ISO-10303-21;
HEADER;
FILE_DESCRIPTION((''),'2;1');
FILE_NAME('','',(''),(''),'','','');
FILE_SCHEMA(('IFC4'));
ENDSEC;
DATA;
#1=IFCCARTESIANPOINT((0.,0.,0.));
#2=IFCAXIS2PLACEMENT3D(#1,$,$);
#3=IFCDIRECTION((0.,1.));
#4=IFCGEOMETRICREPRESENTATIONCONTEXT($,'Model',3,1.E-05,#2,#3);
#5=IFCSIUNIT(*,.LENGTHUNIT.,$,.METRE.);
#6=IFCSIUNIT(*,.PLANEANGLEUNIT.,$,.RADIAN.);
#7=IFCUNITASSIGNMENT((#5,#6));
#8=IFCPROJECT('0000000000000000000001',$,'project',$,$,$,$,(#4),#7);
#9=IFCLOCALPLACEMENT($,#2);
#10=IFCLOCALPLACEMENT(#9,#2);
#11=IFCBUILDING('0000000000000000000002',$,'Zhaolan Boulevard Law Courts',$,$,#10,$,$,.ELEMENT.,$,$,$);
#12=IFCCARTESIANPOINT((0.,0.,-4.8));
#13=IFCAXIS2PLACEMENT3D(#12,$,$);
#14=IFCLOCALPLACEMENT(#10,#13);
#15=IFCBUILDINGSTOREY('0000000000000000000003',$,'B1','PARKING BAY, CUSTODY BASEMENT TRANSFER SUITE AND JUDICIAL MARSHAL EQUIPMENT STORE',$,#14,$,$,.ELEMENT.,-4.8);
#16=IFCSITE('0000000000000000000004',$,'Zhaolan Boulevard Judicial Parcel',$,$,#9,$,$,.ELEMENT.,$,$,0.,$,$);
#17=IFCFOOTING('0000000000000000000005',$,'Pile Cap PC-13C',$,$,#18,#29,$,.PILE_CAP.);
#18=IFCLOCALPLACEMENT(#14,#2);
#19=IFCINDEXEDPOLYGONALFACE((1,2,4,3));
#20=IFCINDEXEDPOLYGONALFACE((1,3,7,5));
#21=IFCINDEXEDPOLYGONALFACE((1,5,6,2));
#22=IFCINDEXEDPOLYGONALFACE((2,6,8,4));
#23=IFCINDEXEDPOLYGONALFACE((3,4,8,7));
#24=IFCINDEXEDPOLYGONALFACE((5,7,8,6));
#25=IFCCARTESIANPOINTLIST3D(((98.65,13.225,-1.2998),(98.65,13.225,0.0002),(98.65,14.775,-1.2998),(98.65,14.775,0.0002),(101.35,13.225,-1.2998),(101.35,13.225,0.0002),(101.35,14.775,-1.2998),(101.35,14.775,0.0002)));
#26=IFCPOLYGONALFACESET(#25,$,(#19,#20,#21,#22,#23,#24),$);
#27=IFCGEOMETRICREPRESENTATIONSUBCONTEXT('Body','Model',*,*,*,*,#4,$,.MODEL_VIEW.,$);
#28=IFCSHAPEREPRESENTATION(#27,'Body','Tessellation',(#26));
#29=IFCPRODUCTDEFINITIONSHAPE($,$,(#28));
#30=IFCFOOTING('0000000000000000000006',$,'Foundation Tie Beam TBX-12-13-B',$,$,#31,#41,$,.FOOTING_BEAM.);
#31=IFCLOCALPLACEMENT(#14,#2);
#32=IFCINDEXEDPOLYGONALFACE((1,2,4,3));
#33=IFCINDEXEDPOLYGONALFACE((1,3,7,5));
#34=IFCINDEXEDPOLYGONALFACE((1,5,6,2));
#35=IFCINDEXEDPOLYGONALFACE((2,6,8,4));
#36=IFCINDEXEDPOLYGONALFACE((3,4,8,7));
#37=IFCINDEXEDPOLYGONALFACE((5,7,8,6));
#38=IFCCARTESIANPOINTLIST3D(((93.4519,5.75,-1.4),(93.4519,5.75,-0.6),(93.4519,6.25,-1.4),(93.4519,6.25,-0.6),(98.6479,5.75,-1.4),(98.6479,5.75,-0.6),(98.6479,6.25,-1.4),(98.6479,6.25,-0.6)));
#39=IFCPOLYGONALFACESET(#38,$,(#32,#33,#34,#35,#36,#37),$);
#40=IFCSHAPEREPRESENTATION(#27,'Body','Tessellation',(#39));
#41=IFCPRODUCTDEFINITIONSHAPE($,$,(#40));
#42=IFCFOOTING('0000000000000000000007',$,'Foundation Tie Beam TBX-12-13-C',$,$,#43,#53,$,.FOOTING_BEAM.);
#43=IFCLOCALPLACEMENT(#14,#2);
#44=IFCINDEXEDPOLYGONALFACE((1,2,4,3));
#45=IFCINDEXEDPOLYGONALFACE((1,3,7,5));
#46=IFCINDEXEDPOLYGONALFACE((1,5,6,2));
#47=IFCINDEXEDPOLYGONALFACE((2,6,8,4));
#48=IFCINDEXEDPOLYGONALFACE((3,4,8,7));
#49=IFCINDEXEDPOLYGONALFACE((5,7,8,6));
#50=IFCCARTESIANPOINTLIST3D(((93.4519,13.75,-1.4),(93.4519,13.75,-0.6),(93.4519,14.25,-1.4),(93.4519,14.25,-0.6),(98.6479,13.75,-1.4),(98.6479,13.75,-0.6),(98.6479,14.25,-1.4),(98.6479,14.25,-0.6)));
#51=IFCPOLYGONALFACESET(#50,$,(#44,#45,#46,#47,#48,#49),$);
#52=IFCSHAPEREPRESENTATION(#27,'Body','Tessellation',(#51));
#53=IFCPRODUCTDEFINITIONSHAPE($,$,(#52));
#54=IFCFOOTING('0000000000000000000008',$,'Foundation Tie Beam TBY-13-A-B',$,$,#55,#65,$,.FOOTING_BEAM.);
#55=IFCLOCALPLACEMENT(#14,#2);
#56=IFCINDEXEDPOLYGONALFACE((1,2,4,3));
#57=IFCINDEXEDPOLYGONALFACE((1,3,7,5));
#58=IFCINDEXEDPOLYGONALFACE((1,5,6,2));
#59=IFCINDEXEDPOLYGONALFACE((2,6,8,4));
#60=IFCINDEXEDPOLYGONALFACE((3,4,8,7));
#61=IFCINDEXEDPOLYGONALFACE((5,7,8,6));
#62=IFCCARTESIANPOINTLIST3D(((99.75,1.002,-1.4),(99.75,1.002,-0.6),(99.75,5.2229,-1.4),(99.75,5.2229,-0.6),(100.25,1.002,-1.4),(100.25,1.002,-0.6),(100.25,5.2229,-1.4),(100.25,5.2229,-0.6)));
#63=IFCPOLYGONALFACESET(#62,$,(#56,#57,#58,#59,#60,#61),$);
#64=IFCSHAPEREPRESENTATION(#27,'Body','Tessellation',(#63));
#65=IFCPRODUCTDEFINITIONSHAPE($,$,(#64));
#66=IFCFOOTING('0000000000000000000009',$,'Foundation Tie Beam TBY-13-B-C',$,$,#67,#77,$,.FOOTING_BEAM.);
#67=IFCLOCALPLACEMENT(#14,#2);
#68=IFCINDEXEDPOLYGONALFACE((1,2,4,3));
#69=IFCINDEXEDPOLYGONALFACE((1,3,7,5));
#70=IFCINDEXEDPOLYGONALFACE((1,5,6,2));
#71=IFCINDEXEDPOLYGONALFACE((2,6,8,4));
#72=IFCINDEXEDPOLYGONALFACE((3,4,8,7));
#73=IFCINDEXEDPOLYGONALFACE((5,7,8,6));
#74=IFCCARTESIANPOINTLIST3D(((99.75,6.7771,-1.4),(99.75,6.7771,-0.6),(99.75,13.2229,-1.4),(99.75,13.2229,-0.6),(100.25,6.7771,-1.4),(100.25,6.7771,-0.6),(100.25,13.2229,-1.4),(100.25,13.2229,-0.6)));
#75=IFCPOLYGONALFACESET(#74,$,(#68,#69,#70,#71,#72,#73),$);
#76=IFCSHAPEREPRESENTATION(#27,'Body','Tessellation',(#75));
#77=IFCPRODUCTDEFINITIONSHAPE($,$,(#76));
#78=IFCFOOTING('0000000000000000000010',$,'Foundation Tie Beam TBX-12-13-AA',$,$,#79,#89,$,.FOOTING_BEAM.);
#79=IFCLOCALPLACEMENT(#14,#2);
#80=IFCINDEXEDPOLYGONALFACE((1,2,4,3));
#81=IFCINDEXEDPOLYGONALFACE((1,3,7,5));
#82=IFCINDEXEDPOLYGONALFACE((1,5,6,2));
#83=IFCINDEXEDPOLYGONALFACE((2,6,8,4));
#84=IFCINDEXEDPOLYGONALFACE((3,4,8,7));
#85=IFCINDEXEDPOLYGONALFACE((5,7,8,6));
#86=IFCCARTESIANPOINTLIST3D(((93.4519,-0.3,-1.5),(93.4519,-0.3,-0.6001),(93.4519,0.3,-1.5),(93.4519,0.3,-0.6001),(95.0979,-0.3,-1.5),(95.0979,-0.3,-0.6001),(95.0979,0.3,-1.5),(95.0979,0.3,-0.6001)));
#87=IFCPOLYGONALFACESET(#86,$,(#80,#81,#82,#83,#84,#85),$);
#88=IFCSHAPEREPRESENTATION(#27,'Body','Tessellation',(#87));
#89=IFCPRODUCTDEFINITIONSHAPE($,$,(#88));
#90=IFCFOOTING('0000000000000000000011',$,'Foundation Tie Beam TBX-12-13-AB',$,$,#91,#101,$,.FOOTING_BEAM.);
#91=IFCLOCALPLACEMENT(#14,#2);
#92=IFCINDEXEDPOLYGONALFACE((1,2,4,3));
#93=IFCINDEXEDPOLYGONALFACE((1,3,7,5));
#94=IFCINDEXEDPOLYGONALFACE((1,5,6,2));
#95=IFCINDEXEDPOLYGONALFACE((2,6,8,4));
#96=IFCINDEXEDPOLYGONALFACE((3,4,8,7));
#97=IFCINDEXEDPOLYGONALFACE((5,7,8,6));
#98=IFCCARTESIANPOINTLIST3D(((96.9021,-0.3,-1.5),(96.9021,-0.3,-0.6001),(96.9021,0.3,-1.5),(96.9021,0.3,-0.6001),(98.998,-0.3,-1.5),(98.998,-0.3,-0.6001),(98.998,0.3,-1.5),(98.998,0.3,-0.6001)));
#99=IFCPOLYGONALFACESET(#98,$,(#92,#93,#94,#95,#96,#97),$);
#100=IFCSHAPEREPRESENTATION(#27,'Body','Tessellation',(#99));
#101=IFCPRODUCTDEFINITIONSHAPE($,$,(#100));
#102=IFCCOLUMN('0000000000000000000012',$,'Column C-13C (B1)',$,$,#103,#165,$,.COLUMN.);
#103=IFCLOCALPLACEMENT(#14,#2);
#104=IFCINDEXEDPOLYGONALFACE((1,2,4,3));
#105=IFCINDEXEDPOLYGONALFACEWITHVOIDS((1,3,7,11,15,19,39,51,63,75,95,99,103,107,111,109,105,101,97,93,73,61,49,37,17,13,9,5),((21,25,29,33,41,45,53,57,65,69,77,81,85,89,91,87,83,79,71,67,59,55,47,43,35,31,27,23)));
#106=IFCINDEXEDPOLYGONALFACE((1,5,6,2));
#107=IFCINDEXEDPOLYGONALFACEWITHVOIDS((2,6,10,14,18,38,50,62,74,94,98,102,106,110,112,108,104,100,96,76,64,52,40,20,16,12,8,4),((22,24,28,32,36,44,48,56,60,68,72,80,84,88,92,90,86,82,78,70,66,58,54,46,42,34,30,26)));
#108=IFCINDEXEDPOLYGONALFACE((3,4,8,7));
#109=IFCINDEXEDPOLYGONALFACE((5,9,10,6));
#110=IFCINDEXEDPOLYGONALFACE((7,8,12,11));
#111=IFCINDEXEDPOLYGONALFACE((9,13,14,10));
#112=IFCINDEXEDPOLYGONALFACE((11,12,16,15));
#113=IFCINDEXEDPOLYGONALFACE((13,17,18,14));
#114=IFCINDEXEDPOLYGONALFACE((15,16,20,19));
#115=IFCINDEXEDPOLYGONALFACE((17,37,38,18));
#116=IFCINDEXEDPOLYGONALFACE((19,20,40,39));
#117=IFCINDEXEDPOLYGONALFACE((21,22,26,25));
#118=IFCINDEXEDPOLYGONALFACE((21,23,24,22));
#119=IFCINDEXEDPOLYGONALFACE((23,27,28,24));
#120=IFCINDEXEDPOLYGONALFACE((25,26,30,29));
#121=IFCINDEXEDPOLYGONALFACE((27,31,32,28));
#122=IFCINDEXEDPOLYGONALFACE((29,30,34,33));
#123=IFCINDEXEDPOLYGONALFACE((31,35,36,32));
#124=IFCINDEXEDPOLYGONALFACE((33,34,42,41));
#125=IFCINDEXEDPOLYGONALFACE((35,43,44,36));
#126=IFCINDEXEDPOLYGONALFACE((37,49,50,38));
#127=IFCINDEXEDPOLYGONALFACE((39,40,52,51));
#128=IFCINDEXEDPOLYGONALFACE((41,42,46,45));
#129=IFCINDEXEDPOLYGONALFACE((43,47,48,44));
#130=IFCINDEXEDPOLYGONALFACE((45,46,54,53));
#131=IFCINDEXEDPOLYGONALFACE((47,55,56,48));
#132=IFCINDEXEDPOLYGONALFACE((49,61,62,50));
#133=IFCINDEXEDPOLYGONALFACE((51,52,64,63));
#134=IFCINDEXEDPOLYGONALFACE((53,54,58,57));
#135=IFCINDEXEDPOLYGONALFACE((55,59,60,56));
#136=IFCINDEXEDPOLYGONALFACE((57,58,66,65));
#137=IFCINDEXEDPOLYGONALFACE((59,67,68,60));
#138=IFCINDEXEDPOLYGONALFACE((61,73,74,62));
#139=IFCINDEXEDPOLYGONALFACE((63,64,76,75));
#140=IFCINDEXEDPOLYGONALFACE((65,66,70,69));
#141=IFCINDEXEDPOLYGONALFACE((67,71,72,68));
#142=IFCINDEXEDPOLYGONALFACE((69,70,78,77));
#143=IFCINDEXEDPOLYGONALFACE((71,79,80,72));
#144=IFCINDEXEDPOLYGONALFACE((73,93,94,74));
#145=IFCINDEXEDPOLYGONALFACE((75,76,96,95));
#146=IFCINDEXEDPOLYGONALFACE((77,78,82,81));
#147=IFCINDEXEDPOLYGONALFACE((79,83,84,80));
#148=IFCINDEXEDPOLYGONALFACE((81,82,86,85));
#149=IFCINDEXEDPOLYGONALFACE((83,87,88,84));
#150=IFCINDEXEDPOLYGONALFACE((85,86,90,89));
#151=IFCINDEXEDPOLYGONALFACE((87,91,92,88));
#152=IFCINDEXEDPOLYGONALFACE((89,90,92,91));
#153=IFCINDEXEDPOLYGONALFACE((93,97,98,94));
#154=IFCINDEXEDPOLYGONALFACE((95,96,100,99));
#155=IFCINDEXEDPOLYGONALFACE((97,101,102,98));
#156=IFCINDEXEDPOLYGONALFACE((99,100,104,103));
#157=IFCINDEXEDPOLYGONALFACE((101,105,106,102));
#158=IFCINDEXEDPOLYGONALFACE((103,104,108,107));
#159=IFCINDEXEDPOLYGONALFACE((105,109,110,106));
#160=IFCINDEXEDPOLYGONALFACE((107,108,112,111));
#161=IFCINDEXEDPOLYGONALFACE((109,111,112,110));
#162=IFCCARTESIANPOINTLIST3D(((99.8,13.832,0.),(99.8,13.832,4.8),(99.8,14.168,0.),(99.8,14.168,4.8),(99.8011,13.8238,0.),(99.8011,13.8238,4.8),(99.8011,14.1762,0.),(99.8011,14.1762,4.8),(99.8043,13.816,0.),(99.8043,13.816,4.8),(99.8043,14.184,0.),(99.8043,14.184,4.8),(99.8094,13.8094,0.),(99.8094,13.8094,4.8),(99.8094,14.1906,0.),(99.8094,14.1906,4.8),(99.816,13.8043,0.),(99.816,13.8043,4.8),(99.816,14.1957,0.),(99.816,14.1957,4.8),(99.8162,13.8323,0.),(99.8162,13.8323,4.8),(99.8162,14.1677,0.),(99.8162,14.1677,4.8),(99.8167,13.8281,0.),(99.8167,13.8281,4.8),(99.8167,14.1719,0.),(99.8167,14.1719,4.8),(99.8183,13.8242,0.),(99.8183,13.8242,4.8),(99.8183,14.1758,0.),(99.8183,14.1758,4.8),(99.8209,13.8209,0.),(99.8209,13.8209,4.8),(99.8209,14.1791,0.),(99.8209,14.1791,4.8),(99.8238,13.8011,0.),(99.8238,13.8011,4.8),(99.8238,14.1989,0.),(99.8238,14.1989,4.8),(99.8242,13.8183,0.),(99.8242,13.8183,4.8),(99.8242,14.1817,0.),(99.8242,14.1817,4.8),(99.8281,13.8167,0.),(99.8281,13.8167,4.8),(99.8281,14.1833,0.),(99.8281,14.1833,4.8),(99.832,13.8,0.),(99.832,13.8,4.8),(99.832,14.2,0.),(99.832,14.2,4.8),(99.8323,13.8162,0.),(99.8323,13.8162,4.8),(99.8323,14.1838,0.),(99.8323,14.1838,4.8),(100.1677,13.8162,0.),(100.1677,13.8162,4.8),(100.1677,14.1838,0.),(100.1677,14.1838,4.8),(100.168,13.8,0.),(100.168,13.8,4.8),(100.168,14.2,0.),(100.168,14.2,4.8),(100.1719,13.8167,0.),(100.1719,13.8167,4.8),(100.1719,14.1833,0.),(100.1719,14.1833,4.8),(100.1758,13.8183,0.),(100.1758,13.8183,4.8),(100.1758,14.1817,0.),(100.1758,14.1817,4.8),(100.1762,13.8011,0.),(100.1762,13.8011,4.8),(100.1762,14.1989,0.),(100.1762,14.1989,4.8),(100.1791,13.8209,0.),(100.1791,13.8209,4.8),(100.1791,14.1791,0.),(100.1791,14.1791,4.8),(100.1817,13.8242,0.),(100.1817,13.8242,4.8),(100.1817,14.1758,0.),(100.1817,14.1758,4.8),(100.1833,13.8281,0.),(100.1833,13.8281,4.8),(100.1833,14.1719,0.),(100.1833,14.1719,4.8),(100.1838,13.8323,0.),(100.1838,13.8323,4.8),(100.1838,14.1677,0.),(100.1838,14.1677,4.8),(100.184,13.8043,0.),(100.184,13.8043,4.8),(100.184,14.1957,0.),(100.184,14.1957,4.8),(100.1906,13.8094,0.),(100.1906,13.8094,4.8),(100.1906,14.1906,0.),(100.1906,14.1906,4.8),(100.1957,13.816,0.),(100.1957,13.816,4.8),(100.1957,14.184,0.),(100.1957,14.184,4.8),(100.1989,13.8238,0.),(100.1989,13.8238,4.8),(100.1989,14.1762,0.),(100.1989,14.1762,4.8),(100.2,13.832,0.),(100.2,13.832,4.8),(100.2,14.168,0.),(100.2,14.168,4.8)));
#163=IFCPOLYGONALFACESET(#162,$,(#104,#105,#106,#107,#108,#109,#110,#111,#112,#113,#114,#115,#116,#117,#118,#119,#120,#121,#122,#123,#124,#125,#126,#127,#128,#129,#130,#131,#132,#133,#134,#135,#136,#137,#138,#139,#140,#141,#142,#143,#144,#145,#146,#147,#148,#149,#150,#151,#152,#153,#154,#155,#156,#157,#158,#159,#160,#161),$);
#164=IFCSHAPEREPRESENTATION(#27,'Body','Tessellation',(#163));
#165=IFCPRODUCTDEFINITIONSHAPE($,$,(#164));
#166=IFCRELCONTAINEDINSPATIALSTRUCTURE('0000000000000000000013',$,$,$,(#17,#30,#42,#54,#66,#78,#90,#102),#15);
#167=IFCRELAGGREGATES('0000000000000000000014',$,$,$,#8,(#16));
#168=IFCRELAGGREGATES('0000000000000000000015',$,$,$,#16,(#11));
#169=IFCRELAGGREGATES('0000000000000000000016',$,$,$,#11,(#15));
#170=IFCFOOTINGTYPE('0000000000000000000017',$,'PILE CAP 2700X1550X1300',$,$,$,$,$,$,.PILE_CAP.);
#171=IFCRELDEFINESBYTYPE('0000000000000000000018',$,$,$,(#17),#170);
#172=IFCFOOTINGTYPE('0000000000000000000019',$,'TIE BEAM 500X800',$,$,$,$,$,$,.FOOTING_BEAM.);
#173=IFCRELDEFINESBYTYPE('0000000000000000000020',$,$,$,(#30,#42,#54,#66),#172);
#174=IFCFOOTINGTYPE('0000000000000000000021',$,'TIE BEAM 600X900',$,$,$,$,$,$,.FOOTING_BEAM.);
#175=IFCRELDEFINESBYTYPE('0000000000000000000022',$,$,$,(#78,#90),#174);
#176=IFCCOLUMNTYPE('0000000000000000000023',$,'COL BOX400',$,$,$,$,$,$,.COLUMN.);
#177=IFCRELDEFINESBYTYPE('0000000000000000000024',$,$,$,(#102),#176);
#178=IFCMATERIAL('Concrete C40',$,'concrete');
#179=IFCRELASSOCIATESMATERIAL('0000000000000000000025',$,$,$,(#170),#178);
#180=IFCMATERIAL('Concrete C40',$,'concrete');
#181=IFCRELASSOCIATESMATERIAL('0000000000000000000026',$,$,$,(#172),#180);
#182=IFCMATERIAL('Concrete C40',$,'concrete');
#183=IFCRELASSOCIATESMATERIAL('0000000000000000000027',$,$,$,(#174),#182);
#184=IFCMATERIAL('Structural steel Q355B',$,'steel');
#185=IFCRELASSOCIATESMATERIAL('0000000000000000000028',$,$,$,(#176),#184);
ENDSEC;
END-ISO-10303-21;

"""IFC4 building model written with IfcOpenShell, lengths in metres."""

from ifc_helpers import new_model, si_unit, direction, frame, origin, origin_2d, place, context, subcontext, project, spatial, rectangle, hollow_rectangle, extrude, material, material_profile, profile_set, type_object, element, save


model = new_model("IFC4")

# Units and contexts
model_context = context("Model", 3, precision=1e-05, world=origin(), true_north=direction((0.0, 1.0)))
body_context = subcontext(model_context, "Body", "Model", "MODEL_VIEW")
ifc_project = project(units=[si_unit("LENGTHUNIT", "METRE"), si_unit("PLANEANGLEUNIT", "RADIAN")], contexts=[model_context])

# Site, building, storey
site_placement = place(None, origin())
site = spatial("IfcSite", under=ifc_project, at=site_placement, Name="Zhaolan Boulevard Judicial Parcel", CompositionType="ELEMENT", RefElevation=0.0)
building_placement = place(site_placement, origin())
building = spatial("IfcBuilding", under=site, at=building_placement, Name="Zhaolan Boulevard Law Courts", CompositionType="ELEMENT")
storey_placement = place(building_placement, frame((0.0, 0.0, -4.8)))
storey = spatial("IfcBuildingStorey", under=building, at=storey_placement, Name="B1", Description="PARKING BAY, CUSTODY BASEMENT TRANSFER SUITE AND JUDICIAL MARSHAL EQUIPMENT STORE", CompositionType="ELEMENT", Elevation=-4.8)

# Footings
ifc_material_1 = material(Name="Concrete C40", Category="concrete")
footing_type_1 = type_object("IfcFootingType", Name="PILE CAP 2700X1550X1300", PredefinedType="PILE_CAP", material=ifc_material_1)
for number, where, z_axis, x_axis, name in (
    (1, (100.0, 14.0, -1.2998), (0.0, 0.0, 1.0), (1.0, 0.0, 0.0), "Pile Cap PC-13C"),
):
    element("IfcFooting", number, at=place(storey_placement, frame(where, z_axis=z_axis, x_axis=x_axis)), inside=storey, type_object=footing_type_1, Name=name, PredefinedType="PILE_CAP", context=body_context, shape_type="SweptSolid", body=[
        extrude(rectangle(XDim=2.7, YDim=1.55, at=origin_2d()), origin(), (0.0, 0.0, 1.0), 1.3),
    ])
ifc_material_2 = material(Name="Concrete C40", Category="concrete")
ifc_material_profile_1 = material_profile(ifc_material_2, rectangle(XDim=0.5, YDim=0.8, at=origin_2d()), Name="RC500x800")
ifc_profile_set_1 = profile_set([ifc_material_profile_1], Name="Concrete C40")
footing_type_2 = type_object("IfcFootingType", Name="TIE BEAM 500X800", PredefinedType="FOOTING_BEAM", material=ifc_profile_set_1)
for number, where, z_axis, x_axis, name in (
    (2, (93.4519, 6.0, -1.0), (1.0, 0.0, 0.0), (0.0, 1.0, 0.0), "Foundation Tie Beam TBX-12-13-B"),
    (3, (93.4519, 14.0, -1.0), (1.0, 0.0, 0.0), (0.0, 1.0, 0.0), "Foundation Tie Beam TBX-12-13-C"),
):
    element("IfcFooting", number, at=place(storey_placement, frame(where, z_axis=z_axis, x_axis=x_axis)), inside=storey, type_object=footing_type_2, Name=name, PredefinedType="FOOTING_BEAM", context=body_context, shape_type="SweptSolid", body=[
        extrude(rectangle(XDim=0.5, YDim=0.8, at=origin_2d()), origin(), (0.0, 0.0, 1.0), 5.196),
    ])
footing_1_placement = place(storey_placement, frame((100.0, 1.002, -1.0), z_axis=(0.0, 1.0, 0.0), x_axis=(-1.0, 0.0, 0.0)))
element("IfcFooting", 4, at=footing_1_placement, inside=storey, type_object=footing_type_2, Name="Foundation Tie Beam TBY-13-A-B", PredefinedType="FOOTING_BEAM", context=body_context, shape_type="SweptSolid", body=[
    extrude(rectangle(XDim=0.5, YDim=0.8, at=origin_2d()), origin(), (0.0, 0.0, 1.0), 4.2209),
])
footing_2_placement = place(storey_placement, frame((100.0, 6.7771, -1.0), z_axis=(0.0, 1.0, 0.0), x_axis=(-1.0, 0.0, 0.0)))
element("IfcFooting", 5, at=footing_2_placement, inside=storey, type_object=footing_type_2, Name="Foundation Tie Beam TBY-13-B-C", PredefinedType="FOOTING_BEAM", context=body_context, shape_type="SweptSolid", body=[
    extrude(rectangle(XDim=0.5, YDim=0.8, at=origin_2d()), origin(), (0.0, 0.0, 1.0), 6.4458),
])
ifc_material_3 = material(Name="Concrete C40", Category="concrete")
ifc_material_profile_2 = material_profile(ifc_material_3, rectangle(XDim=0.6001, YDim=0.8999, at=origin_2d()), Name="RC600x900")
ifc_profile_set_2 = profile_set([ifc_material_profile_2], Name="Concrete C40")
footing_type_3 = type_object("IfcFootingType", Name="TIE BEAM 600X900", PredefinedType="FOOTING_BEAM", material=ifc_profile_set_2)
footing_3_placement = place(storey_placement, frame((93.4519, 0.0, -1.05), z_axis=(1.0, 0.0, 0.0), x_axis=(0.0, 1.0, 0.0)))
element("IfcFooting", 6, at=footing_3_placement, inside=storey, type_object=footing_type_3, Name="Foundation Tie Beam TBX-12-13-AA", PredefinedType="FOOTING_BEAM", context=body_context, shape_type="SweptSolid", body=[
    extrude(rectangle(XDim=0.6001, YDim=0.8999, at=origin_2d()), origin(), (0.0, 0.0, 1.0), 1.646),
])
footing_4_placement = place(storey_placement, frame((96.9021, 0.0, -1.05), z_axis=(1.0, 0.0, 0.0), x_axis=(0.0, 1.0, 0.0)))
element("IfcFooting", 7, at=footing_4_placement, inside=storey, type_object=footing_type_3, Name="Foundation Tie Beam TBX-12-13-AB", PredefinedType="FOOTING_BEAM", context=body_context, shape_type="SweptSolid", body=[
    extrude(rectangle(XDim=0.6001, YDim=0.8999, at=origin_2d()), origin(), (0.0, 0.0, 1.0), 2.0959),
])

# Column
ifc_material_4 = material(Name="Structural steel Q355B", Category="steel")
ifc_material_profile_3 = material_profile(ifc_material_4, hollow_rectangle(XDim=0.3999, YDim=0.3999, WallThickness=0.0161, InnerFilletRadius=0.0161, OuterFilletRadius=0.032, at=origin_2d()), Name="BOX400x400x16")
ifc_profile_set_3 = profile_set([ifc_material_profile_3], Name="Structural steel Q355B")
column_type_1 = type_object("IfcColumnType", Name="COL BOX400", PredefinedType="COLUMN", material=ifc_profile_set_3)
column_1_placement = place(storey_placement, frame((100.0, 14.0, 0.0), z_axis=(0.0, 0.0, 1.0), x_axis=(1.0, 0.0, 0.0)))
element("IfcColumn", 8, at=column_1_placement, inside=storey, type_object=column_type_1, Name="Column C-13C (B1)", PredefinedType="COLUMN", context=body_context, shape_type="SweptSolid", body=[
    extrude(hollow_rectangle(XDim=0.3999, YDim=0.3999, WallThickness=0.0161, InnerFilletRadius=0.0161, OuterFilletRadius=0.032, at=origin_2d()), origin(), (0.0, 0.0, 1.0), 4.8),
])

save(model, "model.ifc")
